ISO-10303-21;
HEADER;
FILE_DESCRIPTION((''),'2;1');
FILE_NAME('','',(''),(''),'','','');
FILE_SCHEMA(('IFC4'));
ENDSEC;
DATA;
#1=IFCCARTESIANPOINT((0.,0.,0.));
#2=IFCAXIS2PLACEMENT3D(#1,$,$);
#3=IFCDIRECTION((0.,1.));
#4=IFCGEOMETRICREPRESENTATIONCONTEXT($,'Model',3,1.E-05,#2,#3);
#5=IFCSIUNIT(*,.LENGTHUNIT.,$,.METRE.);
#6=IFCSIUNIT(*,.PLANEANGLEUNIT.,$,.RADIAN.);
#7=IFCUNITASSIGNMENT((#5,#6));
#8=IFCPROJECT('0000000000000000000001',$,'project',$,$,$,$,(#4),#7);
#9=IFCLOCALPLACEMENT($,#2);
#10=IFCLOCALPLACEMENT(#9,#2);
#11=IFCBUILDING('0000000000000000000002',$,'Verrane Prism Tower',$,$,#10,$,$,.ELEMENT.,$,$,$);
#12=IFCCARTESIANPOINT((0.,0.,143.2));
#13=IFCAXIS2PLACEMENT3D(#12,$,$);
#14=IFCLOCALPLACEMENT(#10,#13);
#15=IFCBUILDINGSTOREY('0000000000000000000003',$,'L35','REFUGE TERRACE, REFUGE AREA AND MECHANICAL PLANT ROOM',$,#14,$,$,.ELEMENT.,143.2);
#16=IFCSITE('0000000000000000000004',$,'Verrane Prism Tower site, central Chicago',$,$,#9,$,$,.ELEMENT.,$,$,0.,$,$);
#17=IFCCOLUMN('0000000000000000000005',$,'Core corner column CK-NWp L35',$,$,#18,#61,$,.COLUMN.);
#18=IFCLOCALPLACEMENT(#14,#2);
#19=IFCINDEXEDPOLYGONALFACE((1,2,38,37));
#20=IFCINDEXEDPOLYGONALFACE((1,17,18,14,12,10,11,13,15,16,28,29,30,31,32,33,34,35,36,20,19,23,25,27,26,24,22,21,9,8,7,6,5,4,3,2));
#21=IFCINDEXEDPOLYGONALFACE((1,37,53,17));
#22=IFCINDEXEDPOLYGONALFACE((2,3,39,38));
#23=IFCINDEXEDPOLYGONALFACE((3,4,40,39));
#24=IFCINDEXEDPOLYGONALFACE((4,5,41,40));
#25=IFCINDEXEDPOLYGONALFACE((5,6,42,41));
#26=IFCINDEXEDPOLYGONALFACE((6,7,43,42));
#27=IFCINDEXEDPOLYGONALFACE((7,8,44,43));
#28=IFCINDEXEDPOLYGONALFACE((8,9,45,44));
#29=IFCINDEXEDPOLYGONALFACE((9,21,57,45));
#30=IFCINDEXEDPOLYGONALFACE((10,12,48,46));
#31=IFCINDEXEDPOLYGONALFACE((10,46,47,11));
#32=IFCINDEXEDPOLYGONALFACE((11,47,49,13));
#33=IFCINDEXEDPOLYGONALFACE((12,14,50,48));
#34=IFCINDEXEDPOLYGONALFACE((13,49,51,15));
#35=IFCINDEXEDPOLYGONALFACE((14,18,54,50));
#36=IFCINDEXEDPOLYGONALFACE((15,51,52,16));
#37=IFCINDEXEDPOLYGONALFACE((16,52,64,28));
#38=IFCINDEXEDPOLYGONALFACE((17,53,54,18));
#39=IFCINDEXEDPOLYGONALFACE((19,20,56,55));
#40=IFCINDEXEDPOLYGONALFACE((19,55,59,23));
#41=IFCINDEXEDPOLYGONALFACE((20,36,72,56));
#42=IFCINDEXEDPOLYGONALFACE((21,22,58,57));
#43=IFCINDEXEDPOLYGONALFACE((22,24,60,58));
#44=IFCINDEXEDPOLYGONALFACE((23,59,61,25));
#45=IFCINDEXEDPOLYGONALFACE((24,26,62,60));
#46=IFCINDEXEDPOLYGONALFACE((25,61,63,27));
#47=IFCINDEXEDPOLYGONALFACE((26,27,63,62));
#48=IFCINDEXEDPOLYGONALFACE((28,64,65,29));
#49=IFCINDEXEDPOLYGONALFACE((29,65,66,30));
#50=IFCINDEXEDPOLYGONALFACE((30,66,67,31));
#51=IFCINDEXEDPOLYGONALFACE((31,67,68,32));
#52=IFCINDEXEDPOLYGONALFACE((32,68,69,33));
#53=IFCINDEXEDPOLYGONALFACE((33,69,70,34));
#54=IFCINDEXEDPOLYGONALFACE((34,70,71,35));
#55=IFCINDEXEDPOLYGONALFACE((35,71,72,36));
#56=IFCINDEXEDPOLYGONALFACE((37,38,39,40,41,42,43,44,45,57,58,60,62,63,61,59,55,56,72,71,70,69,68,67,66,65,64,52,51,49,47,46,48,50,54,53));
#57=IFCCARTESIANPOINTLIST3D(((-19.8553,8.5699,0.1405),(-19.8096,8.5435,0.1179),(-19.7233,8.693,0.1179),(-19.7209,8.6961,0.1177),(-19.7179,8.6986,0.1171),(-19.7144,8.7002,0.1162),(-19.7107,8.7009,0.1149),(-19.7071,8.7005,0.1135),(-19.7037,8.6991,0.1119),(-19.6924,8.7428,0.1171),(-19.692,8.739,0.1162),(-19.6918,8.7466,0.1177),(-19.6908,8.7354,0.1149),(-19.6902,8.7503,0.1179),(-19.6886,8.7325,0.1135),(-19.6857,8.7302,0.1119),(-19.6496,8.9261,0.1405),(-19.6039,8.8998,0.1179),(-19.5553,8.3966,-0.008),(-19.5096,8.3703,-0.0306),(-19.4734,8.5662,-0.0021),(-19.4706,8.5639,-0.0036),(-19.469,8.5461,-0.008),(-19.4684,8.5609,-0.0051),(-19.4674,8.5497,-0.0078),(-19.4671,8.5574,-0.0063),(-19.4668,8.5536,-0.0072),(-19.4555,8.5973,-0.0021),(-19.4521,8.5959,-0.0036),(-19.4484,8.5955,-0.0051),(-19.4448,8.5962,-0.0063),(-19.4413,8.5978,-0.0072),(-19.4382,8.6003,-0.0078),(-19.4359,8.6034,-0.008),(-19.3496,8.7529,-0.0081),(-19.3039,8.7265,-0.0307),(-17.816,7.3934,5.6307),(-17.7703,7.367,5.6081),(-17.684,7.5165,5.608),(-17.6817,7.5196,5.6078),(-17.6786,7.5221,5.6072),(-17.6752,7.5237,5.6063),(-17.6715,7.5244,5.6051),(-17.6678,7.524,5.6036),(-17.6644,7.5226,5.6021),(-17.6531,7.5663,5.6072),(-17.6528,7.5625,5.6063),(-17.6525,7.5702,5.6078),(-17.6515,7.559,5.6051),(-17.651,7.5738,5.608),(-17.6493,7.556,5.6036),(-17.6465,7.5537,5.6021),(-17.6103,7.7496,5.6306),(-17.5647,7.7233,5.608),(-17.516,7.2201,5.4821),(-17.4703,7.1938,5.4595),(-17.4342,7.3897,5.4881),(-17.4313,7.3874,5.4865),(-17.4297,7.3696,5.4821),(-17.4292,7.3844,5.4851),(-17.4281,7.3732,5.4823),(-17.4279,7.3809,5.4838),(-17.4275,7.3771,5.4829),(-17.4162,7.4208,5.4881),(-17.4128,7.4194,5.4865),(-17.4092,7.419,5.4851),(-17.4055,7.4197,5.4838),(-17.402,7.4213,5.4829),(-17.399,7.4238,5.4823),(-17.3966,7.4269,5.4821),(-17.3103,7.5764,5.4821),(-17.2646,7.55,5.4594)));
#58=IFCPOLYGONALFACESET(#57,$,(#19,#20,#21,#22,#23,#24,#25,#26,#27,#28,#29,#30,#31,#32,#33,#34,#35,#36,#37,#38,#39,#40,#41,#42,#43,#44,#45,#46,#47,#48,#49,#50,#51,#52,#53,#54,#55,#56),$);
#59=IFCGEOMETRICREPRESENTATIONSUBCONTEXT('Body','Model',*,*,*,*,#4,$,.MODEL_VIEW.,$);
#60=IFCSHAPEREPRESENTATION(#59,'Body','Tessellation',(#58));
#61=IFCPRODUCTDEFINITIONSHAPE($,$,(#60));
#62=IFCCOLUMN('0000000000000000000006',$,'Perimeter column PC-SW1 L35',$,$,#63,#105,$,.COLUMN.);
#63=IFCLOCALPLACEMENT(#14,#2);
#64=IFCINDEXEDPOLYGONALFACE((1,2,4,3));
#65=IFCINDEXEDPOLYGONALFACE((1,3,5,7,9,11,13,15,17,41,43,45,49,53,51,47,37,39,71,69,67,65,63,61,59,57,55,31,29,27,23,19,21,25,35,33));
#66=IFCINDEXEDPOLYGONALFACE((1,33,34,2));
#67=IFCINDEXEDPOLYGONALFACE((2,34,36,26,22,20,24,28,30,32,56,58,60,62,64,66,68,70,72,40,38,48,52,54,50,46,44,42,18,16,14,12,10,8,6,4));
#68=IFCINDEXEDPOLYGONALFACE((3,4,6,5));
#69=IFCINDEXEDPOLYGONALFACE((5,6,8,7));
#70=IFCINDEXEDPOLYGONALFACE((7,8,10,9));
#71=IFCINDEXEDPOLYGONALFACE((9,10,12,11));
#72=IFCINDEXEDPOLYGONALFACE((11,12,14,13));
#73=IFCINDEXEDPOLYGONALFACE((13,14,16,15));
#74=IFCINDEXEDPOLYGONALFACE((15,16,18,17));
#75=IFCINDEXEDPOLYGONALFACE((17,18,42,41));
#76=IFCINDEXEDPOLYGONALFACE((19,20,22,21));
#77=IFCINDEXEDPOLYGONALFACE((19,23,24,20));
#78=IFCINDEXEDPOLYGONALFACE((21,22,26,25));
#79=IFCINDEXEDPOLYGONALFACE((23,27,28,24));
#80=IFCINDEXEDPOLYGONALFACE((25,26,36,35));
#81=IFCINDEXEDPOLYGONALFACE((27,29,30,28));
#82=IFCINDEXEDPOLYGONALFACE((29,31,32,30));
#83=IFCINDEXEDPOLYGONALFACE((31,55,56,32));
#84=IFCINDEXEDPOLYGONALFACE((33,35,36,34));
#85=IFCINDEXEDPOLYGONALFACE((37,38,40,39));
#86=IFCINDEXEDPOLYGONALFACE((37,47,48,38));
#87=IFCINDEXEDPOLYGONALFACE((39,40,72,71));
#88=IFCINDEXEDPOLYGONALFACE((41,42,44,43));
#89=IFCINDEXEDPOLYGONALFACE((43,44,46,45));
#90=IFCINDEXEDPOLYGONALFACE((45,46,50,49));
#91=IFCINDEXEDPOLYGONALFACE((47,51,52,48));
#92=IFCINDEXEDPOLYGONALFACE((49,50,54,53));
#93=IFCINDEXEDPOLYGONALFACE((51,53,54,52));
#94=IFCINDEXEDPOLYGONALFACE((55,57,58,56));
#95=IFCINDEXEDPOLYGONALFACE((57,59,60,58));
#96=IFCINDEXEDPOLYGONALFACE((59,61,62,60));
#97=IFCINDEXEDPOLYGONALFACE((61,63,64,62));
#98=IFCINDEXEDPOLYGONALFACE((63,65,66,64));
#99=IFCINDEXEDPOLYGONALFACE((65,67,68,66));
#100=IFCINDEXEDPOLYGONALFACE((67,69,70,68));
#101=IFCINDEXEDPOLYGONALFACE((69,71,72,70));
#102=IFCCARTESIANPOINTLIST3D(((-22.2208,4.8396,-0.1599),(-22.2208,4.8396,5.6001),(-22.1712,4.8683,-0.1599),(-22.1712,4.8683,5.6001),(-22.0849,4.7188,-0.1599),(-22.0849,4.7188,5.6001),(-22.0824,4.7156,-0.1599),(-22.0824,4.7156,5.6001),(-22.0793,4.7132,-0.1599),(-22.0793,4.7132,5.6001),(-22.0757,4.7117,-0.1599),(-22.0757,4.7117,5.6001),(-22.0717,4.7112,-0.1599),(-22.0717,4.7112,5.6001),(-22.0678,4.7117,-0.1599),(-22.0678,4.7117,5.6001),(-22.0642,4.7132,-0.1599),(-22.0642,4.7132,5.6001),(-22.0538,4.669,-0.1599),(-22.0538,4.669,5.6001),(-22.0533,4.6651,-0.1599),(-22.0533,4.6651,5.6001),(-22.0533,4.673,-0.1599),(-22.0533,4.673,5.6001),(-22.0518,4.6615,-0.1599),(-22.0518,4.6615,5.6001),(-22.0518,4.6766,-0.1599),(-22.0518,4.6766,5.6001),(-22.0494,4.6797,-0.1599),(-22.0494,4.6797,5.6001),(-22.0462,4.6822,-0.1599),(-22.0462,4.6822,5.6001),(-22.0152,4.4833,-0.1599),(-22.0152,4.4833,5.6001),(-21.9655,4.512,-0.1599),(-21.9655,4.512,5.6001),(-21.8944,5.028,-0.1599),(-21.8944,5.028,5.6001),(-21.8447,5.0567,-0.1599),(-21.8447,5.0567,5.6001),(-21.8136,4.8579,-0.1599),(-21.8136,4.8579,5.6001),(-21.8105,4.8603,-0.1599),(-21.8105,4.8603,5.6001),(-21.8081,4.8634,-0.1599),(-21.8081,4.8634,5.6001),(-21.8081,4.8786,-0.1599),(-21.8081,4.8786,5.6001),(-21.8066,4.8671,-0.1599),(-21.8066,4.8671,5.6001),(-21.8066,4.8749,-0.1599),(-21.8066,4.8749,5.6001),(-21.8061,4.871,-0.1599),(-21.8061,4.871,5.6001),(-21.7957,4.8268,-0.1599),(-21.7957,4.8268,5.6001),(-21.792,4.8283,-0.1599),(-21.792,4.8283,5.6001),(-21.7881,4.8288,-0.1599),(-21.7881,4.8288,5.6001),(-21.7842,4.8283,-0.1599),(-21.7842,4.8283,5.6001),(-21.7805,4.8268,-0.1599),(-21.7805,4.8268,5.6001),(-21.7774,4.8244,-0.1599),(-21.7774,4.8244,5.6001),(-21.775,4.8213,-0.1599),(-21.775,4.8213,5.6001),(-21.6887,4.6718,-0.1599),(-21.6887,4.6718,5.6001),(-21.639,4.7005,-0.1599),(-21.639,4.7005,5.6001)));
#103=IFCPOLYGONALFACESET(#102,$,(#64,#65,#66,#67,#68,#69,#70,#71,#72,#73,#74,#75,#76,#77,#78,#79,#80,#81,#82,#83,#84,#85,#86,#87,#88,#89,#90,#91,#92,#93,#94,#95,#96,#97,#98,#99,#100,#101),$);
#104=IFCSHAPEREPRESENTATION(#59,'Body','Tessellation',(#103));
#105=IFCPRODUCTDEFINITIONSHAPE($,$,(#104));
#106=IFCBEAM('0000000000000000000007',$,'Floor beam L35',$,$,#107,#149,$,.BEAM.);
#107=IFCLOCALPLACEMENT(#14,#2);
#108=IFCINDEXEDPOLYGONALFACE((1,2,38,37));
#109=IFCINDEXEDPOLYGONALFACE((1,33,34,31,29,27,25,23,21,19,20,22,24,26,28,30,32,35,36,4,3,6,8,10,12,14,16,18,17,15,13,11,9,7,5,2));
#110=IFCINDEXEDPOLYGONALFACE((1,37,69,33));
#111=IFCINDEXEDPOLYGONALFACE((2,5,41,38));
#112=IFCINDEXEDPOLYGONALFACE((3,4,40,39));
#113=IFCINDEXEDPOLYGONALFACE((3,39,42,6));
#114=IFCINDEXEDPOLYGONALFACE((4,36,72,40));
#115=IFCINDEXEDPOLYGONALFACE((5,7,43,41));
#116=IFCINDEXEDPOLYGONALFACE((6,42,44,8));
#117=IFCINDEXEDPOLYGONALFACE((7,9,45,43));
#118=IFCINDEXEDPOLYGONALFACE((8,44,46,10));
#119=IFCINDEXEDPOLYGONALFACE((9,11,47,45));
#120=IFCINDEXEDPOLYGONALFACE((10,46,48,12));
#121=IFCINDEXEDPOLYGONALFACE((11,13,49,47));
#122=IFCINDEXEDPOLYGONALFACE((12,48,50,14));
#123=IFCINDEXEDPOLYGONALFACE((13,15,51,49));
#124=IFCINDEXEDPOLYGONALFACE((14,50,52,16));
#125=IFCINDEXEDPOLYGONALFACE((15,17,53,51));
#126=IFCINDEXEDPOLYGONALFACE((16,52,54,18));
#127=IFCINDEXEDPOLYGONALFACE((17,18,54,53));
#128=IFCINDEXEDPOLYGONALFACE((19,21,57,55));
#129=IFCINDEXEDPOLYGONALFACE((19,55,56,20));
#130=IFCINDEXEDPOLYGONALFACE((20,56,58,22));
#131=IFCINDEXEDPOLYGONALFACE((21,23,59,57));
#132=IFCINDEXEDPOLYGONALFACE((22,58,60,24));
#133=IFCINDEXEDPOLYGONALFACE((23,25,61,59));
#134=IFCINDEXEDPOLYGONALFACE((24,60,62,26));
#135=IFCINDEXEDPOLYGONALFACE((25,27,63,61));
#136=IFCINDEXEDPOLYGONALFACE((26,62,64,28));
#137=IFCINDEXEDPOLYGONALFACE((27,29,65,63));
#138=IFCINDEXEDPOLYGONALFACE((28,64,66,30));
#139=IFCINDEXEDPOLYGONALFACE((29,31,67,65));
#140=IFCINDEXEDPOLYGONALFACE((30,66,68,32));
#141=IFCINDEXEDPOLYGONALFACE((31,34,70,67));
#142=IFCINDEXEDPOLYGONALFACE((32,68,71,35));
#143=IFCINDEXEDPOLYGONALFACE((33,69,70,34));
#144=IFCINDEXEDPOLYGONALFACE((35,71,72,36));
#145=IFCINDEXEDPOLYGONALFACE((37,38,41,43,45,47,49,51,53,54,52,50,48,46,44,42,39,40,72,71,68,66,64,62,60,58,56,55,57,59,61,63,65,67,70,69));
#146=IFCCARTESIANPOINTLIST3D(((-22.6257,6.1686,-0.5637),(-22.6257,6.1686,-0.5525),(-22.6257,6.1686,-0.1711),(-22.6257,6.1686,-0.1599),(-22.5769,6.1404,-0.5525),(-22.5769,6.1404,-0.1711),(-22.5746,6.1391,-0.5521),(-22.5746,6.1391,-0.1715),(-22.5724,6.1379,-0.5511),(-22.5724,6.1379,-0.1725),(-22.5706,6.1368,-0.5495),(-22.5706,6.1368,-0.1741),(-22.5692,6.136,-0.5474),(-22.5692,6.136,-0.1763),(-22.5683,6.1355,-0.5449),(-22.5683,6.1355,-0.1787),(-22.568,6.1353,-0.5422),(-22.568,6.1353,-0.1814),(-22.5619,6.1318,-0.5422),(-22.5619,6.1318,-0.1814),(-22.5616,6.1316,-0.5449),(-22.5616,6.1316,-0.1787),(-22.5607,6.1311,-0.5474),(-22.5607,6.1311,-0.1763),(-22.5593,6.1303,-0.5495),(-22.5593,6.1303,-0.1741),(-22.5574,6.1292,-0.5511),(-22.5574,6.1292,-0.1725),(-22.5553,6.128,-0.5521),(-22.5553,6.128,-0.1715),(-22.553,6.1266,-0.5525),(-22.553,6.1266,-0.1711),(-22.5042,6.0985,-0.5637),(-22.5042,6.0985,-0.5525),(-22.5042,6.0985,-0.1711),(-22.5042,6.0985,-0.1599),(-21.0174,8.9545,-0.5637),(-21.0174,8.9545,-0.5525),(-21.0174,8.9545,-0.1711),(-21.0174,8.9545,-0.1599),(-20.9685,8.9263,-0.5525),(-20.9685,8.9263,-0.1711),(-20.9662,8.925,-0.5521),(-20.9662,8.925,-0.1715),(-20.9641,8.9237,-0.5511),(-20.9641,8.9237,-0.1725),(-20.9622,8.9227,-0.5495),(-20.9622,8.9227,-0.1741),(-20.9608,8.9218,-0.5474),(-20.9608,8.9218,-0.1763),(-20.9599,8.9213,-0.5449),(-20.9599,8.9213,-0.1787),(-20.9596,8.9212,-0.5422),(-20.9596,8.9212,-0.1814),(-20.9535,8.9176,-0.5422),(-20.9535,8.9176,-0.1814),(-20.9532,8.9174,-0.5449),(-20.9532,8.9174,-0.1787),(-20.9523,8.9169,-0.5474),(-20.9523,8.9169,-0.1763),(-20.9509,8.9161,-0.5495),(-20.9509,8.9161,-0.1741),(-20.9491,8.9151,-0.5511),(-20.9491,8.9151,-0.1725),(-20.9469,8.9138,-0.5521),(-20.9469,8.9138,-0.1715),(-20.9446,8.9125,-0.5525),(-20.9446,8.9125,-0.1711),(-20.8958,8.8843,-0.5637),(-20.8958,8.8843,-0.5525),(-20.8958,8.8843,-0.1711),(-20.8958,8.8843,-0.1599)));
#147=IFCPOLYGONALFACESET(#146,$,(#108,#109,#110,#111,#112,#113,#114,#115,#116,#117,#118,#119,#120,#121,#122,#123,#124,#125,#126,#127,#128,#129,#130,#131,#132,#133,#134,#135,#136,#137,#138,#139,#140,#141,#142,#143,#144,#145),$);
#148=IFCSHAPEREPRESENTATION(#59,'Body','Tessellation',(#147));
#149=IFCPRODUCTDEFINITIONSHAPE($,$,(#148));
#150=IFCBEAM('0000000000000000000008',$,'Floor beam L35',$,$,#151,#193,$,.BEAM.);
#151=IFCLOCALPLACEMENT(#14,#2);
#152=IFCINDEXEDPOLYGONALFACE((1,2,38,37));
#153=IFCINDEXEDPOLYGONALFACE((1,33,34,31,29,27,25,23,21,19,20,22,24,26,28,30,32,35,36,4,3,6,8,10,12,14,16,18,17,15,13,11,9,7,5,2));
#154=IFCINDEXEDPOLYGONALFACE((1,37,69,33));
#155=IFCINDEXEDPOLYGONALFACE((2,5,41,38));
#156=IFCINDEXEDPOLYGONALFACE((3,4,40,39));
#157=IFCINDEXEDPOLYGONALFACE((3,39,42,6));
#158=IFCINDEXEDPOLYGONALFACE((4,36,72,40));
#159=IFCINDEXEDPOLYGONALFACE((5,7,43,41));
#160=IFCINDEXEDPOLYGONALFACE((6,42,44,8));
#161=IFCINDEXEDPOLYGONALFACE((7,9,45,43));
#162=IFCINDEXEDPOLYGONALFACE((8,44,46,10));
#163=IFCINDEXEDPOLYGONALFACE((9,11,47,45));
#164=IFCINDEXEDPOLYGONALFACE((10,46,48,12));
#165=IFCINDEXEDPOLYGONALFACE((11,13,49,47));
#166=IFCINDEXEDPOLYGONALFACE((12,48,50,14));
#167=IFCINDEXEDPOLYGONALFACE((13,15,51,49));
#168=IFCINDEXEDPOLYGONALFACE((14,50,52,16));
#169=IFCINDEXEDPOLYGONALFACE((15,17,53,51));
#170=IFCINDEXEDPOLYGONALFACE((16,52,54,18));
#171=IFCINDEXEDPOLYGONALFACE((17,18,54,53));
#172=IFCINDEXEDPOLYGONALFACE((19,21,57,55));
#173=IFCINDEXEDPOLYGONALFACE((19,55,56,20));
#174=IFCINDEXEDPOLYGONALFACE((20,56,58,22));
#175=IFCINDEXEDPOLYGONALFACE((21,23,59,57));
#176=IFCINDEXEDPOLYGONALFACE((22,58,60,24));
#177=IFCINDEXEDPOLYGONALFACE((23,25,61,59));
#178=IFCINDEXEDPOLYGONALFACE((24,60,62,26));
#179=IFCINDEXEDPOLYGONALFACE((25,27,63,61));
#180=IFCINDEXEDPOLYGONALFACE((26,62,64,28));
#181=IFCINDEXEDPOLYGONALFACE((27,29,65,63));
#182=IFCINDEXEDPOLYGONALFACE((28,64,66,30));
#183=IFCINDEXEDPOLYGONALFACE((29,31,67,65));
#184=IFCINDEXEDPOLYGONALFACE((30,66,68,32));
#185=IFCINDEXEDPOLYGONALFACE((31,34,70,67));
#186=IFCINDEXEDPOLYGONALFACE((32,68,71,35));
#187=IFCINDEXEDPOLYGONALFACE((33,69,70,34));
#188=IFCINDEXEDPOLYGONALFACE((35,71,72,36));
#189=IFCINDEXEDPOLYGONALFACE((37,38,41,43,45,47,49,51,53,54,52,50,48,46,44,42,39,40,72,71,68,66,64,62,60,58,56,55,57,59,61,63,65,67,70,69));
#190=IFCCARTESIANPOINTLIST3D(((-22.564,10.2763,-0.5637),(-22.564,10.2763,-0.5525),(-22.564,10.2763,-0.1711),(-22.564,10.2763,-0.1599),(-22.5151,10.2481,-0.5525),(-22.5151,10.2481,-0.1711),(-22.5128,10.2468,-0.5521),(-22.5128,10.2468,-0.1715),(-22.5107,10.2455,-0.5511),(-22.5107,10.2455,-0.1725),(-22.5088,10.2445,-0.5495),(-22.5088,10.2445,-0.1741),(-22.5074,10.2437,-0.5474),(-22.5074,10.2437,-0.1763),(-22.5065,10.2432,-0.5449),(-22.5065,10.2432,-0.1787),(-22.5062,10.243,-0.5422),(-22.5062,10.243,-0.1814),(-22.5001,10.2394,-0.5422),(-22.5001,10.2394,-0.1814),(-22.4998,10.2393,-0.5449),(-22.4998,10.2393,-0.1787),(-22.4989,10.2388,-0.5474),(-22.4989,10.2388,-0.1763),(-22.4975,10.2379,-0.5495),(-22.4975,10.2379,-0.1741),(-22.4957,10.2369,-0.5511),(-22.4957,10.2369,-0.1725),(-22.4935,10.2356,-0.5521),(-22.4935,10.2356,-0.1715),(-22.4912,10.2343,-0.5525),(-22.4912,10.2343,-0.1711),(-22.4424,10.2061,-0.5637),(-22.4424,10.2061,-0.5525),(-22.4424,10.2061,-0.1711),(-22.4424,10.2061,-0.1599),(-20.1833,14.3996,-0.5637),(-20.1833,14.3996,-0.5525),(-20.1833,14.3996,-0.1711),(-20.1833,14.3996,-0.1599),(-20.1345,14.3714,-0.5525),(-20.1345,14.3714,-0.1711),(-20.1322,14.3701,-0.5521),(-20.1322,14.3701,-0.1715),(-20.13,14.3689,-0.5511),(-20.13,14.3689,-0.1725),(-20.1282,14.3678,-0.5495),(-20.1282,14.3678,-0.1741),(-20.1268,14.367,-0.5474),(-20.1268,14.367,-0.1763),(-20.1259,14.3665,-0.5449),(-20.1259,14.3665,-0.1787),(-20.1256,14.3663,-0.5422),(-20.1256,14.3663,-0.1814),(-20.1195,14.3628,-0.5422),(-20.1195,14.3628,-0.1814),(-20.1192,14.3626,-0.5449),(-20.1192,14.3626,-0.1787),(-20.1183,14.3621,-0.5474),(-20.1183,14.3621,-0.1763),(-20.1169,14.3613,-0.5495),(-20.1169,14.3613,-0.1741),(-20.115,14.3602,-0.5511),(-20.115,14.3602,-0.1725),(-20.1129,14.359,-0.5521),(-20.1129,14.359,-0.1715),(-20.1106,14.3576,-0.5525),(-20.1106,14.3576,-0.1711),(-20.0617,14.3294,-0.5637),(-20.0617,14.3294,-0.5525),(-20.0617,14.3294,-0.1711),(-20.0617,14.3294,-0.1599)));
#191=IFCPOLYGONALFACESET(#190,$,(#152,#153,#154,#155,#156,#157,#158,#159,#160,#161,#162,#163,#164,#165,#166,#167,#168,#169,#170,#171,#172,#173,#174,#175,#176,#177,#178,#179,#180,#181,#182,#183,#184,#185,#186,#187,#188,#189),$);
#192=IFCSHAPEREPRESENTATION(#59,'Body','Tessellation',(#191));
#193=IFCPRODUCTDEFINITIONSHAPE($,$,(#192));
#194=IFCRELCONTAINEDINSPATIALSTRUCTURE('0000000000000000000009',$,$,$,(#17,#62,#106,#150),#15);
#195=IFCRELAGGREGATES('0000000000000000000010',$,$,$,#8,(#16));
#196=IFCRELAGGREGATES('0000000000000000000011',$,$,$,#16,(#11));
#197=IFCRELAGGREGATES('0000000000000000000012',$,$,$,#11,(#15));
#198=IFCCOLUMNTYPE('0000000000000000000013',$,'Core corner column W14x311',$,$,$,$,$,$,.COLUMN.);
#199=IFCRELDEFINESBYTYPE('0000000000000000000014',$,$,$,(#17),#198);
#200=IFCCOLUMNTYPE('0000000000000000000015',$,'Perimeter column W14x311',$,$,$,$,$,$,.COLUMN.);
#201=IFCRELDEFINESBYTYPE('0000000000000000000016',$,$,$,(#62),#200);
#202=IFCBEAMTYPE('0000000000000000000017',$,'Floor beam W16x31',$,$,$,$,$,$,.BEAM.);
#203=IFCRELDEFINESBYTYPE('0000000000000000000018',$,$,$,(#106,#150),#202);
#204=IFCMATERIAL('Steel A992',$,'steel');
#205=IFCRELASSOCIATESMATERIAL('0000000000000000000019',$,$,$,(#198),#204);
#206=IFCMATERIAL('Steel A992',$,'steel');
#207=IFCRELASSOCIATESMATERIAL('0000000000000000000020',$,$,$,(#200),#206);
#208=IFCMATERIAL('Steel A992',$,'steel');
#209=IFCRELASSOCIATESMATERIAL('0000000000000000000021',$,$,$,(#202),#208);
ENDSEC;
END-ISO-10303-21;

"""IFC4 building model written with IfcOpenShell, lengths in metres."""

from ifc_helpers import new_model, si_unit, direction, frame, origin, origin_2d, place, context, subcontext, project, spatial, i_section, extrude, material, material_profile, profile_set, type_object, element, save


model = new_model("IFC4")

# Units and contexts
model_context = context("Model", 3, precision=1e-05, world=origin(), true_north=direction((0.0, 1.0)))
body_context = subcontext(model_context, "Body", "Model", "MODEL_VIEW")
ifc_project = project(units=[si_unit("LENGTHUNIT", "METRE"), si_unit("PLANEANGLEUNIT", "RADIAN")], contexts=[model_context])

# Site, building, storey
site_placement = place(None, origin())
site = spatial("IfcSite", under=ifc_project, at=site_placement, Name="Verrane Prism Tower site, central Chicago", CompositionType="ELEMENT", RefElevation=0.0)
building_placement = place(site_placement, origin())
building = spatial("IfcBuilding", under=site, at=building_placement, Name="Verrane Prism Tower", CompositionType="ELEMENT")
storey_placement = place(building_placement, frame((0.0, 0.0, 143.2)))
storey = spatial("IfcBuildingStorey", under=building, at=storey_placement, Name="L35", Description="REFUGE TERRACE, REFUGE AREA AND MECHANICAL PLANT ROOM", CompositionType="ELEMENT", Elevation=143.2)

# Columns
ifc_material_1 = material(Name="Steel A992", Category="steel")
ifc_material_profile_1 = material_profile(ifc_material_1, i_section(OverallWidth=0.4114, OverallDepth=0.4343, WebThickness=0.0359, FlangeThickness=0.0574, FilletRadius=0.0151, at=origin_2d()), Name="W14x311")
ifc_profile_set_1 = profile_set([ifc_material_profile_1], Name="Steel A992")
column_type_1 = type_object("IfcColumnType", Name="Core corner column W14x311", PredefinedType="COLUMN", material=ifc_profile_set_1)
column_1_placement = place(storey_placement, frame((-19.5796, 8.6482, 0.0549), z_axis=(0.341378, -0.196947, 0.919061), x_axis=(0.499997, 0.866027, -0.000138)))
element("IfcColumn", 1, at=column_1_placement, inside=storey, type_object=column_type_1, Name="Core corner column CK-NWp L35", PredefinedType="COLUMN", context=body_context, shape_type="SweptSolid", body=[
    extrude(i_section(OverallWidth=0.4114, OverallDepth=0.4343, WebThickness=0.0359, FlangeThickness=0.0574, FilletRadius=0.0151, at=origin_2d()), origin(), (0.0, 0.0, 1.0), 5.9736),
])
ifc_material_2 = material(Name="Steel A992", Category="steel")
ifc_material_profile_2 = material_profile(ifc_material_2, i_section(OverallWidth=0.4114, OverallDepth=0.4343, WebThickness=0.0359, FlangeThickness=0.0574, FilletRadius=0.0151, at=origin_2d()), Name="W14x311")
ifc_profile_set_2 = profile_set([ifc_material_profile_2], Name="Steel A992")
column_type_2 = type_object("IfcColumnType", Name="Perimeter column W14x311", PredefinedType="COLUMN", material=ifc_profile_set_2)
column_2_placement = place(storey_placement, frame((-21.9299, 4.77, -0.1599), z_axis=(0.0, 0.0, 1.0), x_axis=(-0.5, 0.866025, 0.0)))
element("IfcColumn", 2, at=column_2_placement, inside=storey, type_object=column_type_2, Name="Perimeter column PC-SW1 L35", PredefinedType="COLUMN", context=body_context, shape_type="SweptSolid", body=[
    extrude(i_section(OverallWidth=0.4114, OverallDepth=0.4343, WebThickness=0.0359, FlangeThickness=0.0574, FilletRadius=0.0151, at=origin_2d()), origin(), (0.0, 0.0, 1.0), 5.76),
])

# Beams
ifc_material_3 = material(Name="Steel A992", Category="steel")
ifc_material_profile_3 = material_profile(ifc_material_3, i_section(OverallWidth=0.1404, OverallDepth=0.4038, WebThickness=0.0071, FlangeThickness=0.0112, FilletRadius=0.0103, at=origin_2d()), Name="W16x31")
ifc_profile_set_3 = profile_set([ifc_material_profile_3], Name="Steel A992")
beam_type_1 = type_object("IfcBeamType", Name="Floor beam W16x31", PredefinedType="BEAM", material=ifc_profile_set_3)
beam_1_placement = place(storey_placement, frame((-22.5649, 6.1335, -0.3618), z_axis=(0.499992, 0.86603, 0.0), x_axis=(-0.86603, 0.499992, 0.0)))
element("IfcBeam", 3, at=beam_1_placement, inside=storey, type_object=beam_type_1, Name="Floor beam L35", PredefinedType="BEAM", context=body_context, shape_type="SweptSolid", body=[
    extrude(i_section(OverallWidth=0.1404, OverallDepth=0.4038, WebThickness=0.0071, FlangeThickness=0.0112, FilletRadius=0.0103, at=origin_2d()), origin(), (0.0, 0.0, 1.0), 3.2168),
])
beam_2_placement = place(storey_placement, frame((-22.5032, 10.2412, -0.3618), z_axis=(0.500005, 0.866022, 0.0), x_axis=(-0.866022, 0.500005, 0.0)))
element("IfcBeam", 4, at=beam_2_placement, inside=storey, type_object=beam_type_1, Name="Floor beam L35", PredefinedType="BEAM", context=body_context, shape_type="SweptSolid", body=[
    extrude(i_section(OverallWidth=0.1404, OverallDepth=0.4038, WebThickness=0.0071, FlangeThickness=0.0112, FilletRadius=0.0103, at=origin_2d()), origin(), (0.0, 0.0, 1.0), 4.7612),
])

save(model, "model.ifc")
